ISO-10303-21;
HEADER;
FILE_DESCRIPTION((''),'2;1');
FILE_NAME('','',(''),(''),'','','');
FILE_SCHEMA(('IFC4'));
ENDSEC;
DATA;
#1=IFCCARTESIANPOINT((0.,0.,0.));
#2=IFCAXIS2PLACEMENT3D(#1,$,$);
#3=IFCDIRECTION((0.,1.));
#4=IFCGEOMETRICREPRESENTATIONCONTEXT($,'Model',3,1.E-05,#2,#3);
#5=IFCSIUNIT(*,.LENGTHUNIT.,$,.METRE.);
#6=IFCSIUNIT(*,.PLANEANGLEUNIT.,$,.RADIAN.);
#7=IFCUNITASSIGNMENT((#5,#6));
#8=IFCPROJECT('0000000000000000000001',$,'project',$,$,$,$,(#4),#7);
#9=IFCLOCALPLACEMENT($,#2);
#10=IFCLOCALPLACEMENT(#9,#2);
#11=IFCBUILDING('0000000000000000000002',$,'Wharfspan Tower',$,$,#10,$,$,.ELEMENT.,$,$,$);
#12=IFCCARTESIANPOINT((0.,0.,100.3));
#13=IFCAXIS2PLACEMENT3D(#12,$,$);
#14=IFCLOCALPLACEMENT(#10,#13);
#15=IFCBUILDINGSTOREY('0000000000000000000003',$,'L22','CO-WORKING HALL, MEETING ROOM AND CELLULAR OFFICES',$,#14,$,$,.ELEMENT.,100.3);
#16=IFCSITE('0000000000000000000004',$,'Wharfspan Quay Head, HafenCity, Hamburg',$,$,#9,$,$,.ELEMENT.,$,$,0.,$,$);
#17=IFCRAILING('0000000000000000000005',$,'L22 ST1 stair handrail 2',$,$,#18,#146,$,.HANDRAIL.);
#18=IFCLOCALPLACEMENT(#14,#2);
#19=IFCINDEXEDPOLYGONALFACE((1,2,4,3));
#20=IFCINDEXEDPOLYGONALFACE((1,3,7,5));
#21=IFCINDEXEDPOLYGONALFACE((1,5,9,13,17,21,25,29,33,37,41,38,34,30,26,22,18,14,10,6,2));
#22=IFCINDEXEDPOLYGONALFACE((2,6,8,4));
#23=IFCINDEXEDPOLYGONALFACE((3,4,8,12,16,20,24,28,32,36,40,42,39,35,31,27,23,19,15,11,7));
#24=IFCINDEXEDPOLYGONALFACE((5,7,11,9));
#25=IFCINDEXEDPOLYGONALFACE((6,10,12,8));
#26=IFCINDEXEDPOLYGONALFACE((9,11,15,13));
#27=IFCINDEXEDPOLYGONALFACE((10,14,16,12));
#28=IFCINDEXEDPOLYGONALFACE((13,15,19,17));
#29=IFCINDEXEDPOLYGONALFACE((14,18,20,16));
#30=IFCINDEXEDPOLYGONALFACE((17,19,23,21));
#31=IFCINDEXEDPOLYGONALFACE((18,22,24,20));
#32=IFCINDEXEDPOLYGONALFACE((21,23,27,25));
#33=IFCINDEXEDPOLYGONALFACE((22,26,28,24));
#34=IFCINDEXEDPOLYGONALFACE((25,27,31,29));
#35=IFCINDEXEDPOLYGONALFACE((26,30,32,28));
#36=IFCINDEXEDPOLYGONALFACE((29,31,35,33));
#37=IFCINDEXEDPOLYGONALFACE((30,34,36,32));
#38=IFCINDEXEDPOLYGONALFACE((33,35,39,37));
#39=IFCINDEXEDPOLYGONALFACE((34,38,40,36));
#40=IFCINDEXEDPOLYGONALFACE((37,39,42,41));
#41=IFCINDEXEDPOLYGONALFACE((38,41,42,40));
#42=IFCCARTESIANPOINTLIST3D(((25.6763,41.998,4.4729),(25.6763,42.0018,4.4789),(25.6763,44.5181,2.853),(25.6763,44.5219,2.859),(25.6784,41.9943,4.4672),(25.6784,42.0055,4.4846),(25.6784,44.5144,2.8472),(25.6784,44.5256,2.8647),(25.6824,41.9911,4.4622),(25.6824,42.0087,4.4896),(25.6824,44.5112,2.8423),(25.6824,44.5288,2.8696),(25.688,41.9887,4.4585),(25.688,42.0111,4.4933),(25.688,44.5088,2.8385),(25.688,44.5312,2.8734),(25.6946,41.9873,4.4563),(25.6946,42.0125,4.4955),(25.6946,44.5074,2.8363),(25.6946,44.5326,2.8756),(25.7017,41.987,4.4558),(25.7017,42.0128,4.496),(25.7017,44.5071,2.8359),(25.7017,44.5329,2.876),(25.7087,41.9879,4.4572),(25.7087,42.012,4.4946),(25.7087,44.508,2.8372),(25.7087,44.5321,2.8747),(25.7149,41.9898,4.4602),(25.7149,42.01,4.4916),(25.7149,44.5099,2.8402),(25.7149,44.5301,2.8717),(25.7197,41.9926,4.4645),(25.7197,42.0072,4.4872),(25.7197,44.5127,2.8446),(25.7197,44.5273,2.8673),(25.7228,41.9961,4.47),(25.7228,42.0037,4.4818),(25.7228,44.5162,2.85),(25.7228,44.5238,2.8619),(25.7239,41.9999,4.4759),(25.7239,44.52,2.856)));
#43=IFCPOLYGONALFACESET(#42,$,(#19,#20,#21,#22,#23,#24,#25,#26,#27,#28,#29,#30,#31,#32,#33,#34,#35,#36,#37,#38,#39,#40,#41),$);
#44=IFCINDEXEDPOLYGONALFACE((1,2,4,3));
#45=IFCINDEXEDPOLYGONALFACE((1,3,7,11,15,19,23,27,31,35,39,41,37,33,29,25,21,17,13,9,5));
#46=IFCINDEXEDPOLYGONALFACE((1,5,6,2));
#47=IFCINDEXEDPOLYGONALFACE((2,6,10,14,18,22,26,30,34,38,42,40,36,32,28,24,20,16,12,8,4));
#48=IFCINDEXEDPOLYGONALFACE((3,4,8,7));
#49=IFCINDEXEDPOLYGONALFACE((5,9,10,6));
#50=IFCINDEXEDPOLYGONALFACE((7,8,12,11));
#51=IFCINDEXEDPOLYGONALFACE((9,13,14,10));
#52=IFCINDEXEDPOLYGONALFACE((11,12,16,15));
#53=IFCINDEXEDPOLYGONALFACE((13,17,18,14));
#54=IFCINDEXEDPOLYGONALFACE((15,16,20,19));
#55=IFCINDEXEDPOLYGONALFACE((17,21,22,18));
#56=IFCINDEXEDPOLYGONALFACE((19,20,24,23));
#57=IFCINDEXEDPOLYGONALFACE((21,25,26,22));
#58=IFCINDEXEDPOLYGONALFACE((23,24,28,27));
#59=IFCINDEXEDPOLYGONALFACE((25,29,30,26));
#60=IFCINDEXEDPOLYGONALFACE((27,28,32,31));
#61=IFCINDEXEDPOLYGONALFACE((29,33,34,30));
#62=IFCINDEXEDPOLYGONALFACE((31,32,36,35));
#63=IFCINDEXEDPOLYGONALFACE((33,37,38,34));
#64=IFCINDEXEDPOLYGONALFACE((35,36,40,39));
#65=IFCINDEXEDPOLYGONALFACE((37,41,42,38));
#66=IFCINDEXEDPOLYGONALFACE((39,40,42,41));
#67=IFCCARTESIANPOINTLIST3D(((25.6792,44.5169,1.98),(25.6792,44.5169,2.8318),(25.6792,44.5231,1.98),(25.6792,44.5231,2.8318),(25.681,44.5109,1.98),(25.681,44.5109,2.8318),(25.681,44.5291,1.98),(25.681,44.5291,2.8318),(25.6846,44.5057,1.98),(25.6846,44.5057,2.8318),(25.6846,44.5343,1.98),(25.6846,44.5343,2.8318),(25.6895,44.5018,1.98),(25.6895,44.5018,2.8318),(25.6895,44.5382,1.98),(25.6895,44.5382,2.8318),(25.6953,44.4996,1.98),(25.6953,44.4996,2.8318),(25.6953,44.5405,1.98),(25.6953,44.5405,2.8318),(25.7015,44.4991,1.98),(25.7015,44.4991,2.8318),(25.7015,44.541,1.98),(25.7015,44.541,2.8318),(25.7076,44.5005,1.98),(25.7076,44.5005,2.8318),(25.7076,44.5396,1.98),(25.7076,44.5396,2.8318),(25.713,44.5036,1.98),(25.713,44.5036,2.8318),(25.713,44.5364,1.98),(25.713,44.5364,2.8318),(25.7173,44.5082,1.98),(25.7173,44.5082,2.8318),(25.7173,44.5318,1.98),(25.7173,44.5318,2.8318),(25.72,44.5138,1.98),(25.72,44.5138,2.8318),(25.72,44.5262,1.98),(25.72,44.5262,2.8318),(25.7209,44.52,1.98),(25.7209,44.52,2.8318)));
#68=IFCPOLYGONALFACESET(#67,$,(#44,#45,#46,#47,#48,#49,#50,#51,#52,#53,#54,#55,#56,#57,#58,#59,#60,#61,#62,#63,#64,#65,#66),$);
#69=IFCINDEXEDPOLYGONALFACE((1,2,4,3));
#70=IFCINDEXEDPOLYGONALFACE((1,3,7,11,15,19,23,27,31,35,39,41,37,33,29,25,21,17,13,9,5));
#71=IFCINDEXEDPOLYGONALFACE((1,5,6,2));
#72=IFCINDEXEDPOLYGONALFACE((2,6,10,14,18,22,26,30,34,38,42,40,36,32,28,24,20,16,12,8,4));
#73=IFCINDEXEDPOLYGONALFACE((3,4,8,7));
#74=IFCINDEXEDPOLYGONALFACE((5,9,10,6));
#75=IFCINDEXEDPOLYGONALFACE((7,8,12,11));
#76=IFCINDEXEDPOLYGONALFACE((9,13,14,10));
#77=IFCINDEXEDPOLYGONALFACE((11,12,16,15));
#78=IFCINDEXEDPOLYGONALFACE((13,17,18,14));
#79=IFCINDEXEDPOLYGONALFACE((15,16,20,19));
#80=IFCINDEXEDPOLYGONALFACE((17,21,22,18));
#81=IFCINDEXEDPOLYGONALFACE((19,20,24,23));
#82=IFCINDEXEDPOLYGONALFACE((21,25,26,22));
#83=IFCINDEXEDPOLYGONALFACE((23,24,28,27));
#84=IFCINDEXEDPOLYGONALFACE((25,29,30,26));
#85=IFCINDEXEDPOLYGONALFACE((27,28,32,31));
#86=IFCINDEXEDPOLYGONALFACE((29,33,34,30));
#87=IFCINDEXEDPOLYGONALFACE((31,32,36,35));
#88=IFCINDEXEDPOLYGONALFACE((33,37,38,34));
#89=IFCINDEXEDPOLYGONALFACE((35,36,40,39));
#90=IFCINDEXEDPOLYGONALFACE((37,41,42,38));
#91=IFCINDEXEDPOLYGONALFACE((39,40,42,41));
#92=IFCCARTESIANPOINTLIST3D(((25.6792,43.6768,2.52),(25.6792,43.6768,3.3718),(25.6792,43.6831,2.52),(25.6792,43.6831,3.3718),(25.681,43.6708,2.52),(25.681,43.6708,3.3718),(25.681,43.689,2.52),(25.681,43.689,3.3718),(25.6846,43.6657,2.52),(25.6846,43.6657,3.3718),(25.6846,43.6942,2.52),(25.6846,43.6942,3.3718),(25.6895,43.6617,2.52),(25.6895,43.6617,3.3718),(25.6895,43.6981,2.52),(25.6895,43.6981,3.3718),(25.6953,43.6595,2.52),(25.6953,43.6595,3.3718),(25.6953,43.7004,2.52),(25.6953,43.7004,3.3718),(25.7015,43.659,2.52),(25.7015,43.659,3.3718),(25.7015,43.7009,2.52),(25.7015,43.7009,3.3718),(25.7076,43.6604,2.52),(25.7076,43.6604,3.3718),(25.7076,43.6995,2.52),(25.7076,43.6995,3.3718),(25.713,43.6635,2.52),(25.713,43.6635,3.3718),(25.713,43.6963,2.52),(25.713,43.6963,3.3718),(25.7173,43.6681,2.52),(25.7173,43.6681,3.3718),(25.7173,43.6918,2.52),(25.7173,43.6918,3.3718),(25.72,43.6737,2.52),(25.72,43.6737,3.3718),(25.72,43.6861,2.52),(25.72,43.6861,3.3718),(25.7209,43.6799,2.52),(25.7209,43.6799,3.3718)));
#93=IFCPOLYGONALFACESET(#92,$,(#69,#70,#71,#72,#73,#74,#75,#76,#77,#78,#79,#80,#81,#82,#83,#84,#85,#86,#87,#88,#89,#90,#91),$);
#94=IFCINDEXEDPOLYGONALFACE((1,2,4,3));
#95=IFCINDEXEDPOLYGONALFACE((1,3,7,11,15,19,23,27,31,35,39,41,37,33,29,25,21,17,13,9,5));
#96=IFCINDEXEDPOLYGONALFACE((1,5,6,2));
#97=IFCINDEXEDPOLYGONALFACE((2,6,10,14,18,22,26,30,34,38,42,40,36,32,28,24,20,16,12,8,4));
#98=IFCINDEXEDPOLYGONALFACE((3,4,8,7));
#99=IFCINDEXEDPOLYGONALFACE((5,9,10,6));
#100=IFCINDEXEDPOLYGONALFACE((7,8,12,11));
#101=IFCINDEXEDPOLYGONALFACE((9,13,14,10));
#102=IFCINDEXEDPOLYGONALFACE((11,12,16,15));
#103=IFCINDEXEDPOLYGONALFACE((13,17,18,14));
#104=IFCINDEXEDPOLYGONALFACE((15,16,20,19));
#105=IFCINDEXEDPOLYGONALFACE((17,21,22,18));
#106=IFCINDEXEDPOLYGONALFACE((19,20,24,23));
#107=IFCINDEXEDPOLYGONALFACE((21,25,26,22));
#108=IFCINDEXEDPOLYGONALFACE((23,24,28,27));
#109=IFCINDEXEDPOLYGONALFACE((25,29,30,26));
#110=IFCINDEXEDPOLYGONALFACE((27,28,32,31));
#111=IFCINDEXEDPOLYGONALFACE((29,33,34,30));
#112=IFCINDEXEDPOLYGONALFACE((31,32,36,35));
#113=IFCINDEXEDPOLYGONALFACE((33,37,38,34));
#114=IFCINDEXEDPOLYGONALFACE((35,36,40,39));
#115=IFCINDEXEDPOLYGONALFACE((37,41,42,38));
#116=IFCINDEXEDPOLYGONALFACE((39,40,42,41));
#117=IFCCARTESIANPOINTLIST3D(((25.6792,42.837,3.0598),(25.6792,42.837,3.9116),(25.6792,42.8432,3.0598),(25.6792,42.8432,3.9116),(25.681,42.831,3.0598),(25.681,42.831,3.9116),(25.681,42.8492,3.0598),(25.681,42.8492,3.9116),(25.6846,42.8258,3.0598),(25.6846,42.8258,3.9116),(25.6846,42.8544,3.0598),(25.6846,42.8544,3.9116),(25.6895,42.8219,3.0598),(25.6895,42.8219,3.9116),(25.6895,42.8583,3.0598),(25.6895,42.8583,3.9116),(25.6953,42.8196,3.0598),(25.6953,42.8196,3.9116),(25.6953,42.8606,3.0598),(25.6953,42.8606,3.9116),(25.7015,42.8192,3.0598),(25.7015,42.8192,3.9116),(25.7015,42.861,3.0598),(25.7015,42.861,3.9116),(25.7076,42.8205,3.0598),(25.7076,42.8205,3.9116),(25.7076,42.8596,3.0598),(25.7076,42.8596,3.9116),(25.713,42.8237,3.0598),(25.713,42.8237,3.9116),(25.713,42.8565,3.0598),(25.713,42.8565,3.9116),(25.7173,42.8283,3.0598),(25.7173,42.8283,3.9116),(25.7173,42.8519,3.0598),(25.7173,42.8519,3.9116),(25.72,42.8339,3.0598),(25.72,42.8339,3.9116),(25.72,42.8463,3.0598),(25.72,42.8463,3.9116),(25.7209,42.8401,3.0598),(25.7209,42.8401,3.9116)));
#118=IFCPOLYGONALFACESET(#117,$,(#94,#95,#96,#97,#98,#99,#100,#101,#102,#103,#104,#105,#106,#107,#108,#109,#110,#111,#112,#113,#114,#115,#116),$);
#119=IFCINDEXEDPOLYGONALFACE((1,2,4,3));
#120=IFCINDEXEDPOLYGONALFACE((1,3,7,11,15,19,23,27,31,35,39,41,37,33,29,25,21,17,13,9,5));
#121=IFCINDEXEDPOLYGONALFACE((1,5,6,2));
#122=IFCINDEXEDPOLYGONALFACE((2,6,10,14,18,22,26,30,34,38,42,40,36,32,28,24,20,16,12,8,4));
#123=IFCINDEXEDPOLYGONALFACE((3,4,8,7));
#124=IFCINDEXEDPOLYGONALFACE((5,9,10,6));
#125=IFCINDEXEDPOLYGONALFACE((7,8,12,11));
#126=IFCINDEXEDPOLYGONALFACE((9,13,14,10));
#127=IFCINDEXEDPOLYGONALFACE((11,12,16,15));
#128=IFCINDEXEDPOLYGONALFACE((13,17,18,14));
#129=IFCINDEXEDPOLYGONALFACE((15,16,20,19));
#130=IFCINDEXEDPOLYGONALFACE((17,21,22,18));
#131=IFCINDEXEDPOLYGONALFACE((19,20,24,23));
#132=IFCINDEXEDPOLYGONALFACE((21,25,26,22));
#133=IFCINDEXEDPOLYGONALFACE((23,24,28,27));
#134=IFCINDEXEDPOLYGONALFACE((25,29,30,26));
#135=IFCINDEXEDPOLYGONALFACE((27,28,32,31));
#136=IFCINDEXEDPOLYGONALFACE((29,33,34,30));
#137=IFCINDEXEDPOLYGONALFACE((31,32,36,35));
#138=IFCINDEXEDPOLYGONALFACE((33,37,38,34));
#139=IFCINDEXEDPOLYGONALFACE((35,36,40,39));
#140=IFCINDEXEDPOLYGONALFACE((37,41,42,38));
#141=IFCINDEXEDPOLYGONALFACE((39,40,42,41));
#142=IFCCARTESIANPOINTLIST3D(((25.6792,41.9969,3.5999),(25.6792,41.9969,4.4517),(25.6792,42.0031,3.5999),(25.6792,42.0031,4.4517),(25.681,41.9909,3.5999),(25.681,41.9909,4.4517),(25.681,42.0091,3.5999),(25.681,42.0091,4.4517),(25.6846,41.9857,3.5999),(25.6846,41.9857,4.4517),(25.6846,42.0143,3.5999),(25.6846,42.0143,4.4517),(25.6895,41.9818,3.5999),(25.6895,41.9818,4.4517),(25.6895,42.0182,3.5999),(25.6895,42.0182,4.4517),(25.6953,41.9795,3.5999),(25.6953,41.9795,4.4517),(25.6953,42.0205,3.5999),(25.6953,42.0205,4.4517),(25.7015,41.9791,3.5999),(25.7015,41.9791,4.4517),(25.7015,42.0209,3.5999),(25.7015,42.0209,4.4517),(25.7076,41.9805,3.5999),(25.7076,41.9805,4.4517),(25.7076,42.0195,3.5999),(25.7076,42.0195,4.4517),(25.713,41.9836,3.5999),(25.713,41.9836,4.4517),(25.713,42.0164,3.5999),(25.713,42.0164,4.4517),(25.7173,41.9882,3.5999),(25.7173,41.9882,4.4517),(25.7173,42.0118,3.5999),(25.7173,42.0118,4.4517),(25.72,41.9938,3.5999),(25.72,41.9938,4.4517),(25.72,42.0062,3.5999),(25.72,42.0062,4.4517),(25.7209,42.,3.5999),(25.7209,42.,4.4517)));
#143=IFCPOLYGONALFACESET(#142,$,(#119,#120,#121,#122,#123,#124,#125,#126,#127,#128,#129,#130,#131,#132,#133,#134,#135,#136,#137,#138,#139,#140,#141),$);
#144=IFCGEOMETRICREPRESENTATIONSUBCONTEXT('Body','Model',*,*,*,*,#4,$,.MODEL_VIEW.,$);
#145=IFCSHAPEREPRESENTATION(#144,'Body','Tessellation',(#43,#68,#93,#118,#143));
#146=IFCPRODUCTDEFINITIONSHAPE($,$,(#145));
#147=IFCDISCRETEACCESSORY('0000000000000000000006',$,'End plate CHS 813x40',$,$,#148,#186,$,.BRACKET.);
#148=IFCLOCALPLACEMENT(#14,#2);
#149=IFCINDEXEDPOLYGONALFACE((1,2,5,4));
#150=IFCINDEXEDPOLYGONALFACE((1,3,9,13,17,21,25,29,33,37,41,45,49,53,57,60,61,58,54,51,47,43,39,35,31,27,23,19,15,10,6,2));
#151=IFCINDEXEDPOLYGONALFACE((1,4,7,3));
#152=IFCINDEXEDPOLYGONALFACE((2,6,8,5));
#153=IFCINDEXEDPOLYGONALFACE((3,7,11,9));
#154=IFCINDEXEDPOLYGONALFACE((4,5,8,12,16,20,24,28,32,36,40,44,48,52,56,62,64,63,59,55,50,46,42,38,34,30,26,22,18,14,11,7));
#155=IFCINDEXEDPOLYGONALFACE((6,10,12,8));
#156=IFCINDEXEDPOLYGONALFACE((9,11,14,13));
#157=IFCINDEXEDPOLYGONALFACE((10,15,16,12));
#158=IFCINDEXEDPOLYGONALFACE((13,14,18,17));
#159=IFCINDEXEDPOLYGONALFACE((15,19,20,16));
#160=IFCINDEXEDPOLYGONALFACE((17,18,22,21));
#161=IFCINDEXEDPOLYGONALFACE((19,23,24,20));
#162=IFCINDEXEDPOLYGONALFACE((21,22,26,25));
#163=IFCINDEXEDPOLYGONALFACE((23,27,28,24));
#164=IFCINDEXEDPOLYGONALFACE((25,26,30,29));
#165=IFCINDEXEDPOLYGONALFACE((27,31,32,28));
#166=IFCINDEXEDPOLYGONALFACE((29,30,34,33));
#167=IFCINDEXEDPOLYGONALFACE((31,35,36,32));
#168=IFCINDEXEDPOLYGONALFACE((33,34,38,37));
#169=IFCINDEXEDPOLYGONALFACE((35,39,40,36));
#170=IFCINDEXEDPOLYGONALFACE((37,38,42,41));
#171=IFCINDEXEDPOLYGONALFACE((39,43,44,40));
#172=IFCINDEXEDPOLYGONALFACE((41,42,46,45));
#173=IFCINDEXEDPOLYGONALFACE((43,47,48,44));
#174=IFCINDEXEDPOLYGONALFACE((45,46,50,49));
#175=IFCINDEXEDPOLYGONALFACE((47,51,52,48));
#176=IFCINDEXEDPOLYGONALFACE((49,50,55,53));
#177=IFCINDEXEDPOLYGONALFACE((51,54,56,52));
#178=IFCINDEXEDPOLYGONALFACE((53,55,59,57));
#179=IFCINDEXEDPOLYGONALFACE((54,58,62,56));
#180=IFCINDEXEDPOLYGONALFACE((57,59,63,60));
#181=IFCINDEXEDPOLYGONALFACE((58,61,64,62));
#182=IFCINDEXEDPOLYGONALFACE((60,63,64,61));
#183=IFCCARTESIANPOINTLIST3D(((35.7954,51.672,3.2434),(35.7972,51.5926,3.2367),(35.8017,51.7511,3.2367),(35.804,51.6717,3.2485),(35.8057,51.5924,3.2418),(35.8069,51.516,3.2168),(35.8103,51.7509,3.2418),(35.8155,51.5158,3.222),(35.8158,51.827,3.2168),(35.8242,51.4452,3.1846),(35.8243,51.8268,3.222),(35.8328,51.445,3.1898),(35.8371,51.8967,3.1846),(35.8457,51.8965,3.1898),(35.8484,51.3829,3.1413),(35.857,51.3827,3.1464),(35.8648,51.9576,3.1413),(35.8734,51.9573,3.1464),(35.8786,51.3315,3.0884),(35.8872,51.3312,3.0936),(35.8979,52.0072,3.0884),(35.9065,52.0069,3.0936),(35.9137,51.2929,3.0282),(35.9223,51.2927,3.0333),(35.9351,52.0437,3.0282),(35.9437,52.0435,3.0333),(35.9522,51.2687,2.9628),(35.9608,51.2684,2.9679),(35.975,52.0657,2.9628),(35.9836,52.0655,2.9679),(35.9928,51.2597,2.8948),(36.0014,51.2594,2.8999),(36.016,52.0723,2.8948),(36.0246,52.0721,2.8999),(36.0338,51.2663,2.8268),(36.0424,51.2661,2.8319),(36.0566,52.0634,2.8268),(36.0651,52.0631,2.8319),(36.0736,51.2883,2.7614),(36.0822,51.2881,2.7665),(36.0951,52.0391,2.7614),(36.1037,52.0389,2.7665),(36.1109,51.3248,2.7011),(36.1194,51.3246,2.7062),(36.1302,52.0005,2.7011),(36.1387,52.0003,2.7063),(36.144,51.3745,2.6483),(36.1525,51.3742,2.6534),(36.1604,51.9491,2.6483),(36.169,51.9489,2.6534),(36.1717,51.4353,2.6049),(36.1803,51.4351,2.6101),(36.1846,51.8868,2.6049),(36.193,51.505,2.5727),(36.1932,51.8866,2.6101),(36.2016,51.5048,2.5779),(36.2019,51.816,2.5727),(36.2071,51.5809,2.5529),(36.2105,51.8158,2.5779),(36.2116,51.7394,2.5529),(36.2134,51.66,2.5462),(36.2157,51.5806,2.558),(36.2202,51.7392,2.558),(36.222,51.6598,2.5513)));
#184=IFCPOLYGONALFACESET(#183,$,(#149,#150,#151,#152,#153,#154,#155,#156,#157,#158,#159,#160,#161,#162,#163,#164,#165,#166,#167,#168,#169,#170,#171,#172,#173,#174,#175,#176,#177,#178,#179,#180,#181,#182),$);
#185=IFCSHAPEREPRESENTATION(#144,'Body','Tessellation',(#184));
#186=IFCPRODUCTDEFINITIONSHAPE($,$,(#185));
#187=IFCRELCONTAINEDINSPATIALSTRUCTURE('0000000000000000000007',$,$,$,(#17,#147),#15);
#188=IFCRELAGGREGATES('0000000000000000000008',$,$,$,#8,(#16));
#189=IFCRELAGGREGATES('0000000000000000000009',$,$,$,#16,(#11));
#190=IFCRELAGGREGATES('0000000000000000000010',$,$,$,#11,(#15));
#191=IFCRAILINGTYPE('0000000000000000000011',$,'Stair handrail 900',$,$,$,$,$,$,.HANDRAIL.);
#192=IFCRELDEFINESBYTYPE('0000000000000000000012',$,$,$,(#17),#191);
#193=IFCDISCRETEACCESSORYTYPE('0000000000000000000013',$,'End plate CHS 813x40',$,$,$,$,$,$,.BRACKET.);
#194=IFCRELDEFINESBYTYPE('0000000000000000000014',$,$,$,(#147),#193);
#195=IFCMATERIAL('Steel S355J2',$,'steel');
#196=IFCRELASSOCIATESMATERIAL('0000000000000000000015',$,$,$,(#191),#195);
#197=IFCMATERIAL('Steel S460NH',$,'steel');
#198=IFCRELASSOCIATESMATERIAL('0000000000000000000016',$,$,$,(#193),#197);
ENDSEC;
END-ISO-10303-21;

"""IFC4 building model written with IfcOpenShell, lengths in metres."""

from ifc_helpers import new_model, si_unit, direction, frame, origin, origin_2d, place, context, subcontext, project, spatial, circle, extrude, material, material_profile, profile_set, type_object, element, save


model = new_model("IFC4")

# Units and contexts
model_context = context("Model", 3, precision=1e-05, world=origin(), true_north=direction((0.0, 1.0)))
body_context = subcontext(model_context, "Body", "Model", "MODEL_VIEW")
ifc_project = project(units=[si_unit("LENGTHUNIT", "METRE"), si_unit("PLANEANGLEUNIT", "RADIAN")], contexts=[model_context])

# Site, building, storey
site_placement = place(None, origin())
site = spatial("IfcSite", under=ifc_project, at=site_placement, Name="Wharfspan Quay Head, HafenCity, Hamburg", CompositionType="ELEMENT", RefElevation=0.0)
building_placement = place(site_placement, origin())
building = spatial("IfcBuilding", under=site, at=building_placement, Name="Wharfspan Tower", CompositionType="ELEMENT")
storey_placement = place(building_placement, frame((0.0, 0.0, 100.3)))
storey = spatial("IfcBuildingStorey", under=building, at=storey_placement, Name="L22", Description="CO-WORKING HALL, MEETING ROOM AND CELLULAR OFFICES", CompositionType="ELEMENT", Elevation=100.3)

# Shared definitions
ifc_material_1 = material(Name="Steel S355J2", Category="steel")

# Shared definitions
ifc_material_2 = material(Name="Steel S460NH", Category="steel")

# Railing
railing_type_1 = type_object("IfcRailingType", Name="Stair handrail 900", PredefinedType="HANDRAIL", material=ifc_material_1)
railing_1_placement = place(storey_placement, frame((25.7, 44.52, 1.98)))
element("IfcRailing", 1, at=railing_1_placement, inside=storey, type_object=railing_type_1, Name="L22 ST1 stair handrail 2", PredefinedType="HANDRAIL", context=body_context, shape_type="SweptSolid", body=[
    extrude(circle(Radius=0.0239, at=origin_2d()), frame((0.0, 0.0, 0.876), z_axis=(0.0, -0.8412, 0.540725), x_axis=(1.0, 0.0, 0.0)), (0.0, 0.0, 1.0), 2.9958),
    extrude(circle(Radius=0.021, at=origin_2d()), origin(), (0.0, 0.0, 1.0), 0.8518),
    extrude(circle(Radius=0.021, at=origin_2d()), frame((0.0, -0.8401, 0.54)), (0.0, 0.0, 1.0), 0.8518),
    extrude(circle(Radius=0.021, at=origin_2d()), frame((0.0, -1.6799, 1.0798)), (0.0, 0.0, 1.0), 0.8518),
    extrude(circle(Radius=0.021, at=origin_2d()), frame((0.0, -2.52, 1.6199)), (0.0, 0.0, 1.0), 0.8518),
])

# Discrete accessory
ifc_material_profile_1 = material_profile(ifc_material_2, circle(Radius=0.4065, at=origin_2d()))
ifc_profile_set_1 = profile_set([ifc_material_profile_1], Name="Steel S460NH")
discrete_accessory_type = type_object("IfcDiscreteAccessoryType", Name="End plate CHS 813x40", PredefinedType="BRACKET", material=ifc_profile_set_1)
for number, where, z_axis, x_axis, name in (
    (2, (36.0044, 51.666, 2.8948), (0.857236, -0.024492, 0.514341), (0.028558, 0.999591, 0.000002), "End plate CHS 813x40"),
):
    element("IfcDiscreteAccessory", number, at=place(storey_placement, frame(where, z_axis=z_axis, x_axis=x_axis)), inside=storey, type_object=discrete_accessory_type, Name=name, PredefinedType="BRACKET", context=body_context, shape_type="SweptSolid", body=[
        extrude(circle(Radius=0.4065, at=origin_2d()), origin(), (0.0, 0.0, 1.0), 0.01),
    ])

save(model, "model.ifc")
